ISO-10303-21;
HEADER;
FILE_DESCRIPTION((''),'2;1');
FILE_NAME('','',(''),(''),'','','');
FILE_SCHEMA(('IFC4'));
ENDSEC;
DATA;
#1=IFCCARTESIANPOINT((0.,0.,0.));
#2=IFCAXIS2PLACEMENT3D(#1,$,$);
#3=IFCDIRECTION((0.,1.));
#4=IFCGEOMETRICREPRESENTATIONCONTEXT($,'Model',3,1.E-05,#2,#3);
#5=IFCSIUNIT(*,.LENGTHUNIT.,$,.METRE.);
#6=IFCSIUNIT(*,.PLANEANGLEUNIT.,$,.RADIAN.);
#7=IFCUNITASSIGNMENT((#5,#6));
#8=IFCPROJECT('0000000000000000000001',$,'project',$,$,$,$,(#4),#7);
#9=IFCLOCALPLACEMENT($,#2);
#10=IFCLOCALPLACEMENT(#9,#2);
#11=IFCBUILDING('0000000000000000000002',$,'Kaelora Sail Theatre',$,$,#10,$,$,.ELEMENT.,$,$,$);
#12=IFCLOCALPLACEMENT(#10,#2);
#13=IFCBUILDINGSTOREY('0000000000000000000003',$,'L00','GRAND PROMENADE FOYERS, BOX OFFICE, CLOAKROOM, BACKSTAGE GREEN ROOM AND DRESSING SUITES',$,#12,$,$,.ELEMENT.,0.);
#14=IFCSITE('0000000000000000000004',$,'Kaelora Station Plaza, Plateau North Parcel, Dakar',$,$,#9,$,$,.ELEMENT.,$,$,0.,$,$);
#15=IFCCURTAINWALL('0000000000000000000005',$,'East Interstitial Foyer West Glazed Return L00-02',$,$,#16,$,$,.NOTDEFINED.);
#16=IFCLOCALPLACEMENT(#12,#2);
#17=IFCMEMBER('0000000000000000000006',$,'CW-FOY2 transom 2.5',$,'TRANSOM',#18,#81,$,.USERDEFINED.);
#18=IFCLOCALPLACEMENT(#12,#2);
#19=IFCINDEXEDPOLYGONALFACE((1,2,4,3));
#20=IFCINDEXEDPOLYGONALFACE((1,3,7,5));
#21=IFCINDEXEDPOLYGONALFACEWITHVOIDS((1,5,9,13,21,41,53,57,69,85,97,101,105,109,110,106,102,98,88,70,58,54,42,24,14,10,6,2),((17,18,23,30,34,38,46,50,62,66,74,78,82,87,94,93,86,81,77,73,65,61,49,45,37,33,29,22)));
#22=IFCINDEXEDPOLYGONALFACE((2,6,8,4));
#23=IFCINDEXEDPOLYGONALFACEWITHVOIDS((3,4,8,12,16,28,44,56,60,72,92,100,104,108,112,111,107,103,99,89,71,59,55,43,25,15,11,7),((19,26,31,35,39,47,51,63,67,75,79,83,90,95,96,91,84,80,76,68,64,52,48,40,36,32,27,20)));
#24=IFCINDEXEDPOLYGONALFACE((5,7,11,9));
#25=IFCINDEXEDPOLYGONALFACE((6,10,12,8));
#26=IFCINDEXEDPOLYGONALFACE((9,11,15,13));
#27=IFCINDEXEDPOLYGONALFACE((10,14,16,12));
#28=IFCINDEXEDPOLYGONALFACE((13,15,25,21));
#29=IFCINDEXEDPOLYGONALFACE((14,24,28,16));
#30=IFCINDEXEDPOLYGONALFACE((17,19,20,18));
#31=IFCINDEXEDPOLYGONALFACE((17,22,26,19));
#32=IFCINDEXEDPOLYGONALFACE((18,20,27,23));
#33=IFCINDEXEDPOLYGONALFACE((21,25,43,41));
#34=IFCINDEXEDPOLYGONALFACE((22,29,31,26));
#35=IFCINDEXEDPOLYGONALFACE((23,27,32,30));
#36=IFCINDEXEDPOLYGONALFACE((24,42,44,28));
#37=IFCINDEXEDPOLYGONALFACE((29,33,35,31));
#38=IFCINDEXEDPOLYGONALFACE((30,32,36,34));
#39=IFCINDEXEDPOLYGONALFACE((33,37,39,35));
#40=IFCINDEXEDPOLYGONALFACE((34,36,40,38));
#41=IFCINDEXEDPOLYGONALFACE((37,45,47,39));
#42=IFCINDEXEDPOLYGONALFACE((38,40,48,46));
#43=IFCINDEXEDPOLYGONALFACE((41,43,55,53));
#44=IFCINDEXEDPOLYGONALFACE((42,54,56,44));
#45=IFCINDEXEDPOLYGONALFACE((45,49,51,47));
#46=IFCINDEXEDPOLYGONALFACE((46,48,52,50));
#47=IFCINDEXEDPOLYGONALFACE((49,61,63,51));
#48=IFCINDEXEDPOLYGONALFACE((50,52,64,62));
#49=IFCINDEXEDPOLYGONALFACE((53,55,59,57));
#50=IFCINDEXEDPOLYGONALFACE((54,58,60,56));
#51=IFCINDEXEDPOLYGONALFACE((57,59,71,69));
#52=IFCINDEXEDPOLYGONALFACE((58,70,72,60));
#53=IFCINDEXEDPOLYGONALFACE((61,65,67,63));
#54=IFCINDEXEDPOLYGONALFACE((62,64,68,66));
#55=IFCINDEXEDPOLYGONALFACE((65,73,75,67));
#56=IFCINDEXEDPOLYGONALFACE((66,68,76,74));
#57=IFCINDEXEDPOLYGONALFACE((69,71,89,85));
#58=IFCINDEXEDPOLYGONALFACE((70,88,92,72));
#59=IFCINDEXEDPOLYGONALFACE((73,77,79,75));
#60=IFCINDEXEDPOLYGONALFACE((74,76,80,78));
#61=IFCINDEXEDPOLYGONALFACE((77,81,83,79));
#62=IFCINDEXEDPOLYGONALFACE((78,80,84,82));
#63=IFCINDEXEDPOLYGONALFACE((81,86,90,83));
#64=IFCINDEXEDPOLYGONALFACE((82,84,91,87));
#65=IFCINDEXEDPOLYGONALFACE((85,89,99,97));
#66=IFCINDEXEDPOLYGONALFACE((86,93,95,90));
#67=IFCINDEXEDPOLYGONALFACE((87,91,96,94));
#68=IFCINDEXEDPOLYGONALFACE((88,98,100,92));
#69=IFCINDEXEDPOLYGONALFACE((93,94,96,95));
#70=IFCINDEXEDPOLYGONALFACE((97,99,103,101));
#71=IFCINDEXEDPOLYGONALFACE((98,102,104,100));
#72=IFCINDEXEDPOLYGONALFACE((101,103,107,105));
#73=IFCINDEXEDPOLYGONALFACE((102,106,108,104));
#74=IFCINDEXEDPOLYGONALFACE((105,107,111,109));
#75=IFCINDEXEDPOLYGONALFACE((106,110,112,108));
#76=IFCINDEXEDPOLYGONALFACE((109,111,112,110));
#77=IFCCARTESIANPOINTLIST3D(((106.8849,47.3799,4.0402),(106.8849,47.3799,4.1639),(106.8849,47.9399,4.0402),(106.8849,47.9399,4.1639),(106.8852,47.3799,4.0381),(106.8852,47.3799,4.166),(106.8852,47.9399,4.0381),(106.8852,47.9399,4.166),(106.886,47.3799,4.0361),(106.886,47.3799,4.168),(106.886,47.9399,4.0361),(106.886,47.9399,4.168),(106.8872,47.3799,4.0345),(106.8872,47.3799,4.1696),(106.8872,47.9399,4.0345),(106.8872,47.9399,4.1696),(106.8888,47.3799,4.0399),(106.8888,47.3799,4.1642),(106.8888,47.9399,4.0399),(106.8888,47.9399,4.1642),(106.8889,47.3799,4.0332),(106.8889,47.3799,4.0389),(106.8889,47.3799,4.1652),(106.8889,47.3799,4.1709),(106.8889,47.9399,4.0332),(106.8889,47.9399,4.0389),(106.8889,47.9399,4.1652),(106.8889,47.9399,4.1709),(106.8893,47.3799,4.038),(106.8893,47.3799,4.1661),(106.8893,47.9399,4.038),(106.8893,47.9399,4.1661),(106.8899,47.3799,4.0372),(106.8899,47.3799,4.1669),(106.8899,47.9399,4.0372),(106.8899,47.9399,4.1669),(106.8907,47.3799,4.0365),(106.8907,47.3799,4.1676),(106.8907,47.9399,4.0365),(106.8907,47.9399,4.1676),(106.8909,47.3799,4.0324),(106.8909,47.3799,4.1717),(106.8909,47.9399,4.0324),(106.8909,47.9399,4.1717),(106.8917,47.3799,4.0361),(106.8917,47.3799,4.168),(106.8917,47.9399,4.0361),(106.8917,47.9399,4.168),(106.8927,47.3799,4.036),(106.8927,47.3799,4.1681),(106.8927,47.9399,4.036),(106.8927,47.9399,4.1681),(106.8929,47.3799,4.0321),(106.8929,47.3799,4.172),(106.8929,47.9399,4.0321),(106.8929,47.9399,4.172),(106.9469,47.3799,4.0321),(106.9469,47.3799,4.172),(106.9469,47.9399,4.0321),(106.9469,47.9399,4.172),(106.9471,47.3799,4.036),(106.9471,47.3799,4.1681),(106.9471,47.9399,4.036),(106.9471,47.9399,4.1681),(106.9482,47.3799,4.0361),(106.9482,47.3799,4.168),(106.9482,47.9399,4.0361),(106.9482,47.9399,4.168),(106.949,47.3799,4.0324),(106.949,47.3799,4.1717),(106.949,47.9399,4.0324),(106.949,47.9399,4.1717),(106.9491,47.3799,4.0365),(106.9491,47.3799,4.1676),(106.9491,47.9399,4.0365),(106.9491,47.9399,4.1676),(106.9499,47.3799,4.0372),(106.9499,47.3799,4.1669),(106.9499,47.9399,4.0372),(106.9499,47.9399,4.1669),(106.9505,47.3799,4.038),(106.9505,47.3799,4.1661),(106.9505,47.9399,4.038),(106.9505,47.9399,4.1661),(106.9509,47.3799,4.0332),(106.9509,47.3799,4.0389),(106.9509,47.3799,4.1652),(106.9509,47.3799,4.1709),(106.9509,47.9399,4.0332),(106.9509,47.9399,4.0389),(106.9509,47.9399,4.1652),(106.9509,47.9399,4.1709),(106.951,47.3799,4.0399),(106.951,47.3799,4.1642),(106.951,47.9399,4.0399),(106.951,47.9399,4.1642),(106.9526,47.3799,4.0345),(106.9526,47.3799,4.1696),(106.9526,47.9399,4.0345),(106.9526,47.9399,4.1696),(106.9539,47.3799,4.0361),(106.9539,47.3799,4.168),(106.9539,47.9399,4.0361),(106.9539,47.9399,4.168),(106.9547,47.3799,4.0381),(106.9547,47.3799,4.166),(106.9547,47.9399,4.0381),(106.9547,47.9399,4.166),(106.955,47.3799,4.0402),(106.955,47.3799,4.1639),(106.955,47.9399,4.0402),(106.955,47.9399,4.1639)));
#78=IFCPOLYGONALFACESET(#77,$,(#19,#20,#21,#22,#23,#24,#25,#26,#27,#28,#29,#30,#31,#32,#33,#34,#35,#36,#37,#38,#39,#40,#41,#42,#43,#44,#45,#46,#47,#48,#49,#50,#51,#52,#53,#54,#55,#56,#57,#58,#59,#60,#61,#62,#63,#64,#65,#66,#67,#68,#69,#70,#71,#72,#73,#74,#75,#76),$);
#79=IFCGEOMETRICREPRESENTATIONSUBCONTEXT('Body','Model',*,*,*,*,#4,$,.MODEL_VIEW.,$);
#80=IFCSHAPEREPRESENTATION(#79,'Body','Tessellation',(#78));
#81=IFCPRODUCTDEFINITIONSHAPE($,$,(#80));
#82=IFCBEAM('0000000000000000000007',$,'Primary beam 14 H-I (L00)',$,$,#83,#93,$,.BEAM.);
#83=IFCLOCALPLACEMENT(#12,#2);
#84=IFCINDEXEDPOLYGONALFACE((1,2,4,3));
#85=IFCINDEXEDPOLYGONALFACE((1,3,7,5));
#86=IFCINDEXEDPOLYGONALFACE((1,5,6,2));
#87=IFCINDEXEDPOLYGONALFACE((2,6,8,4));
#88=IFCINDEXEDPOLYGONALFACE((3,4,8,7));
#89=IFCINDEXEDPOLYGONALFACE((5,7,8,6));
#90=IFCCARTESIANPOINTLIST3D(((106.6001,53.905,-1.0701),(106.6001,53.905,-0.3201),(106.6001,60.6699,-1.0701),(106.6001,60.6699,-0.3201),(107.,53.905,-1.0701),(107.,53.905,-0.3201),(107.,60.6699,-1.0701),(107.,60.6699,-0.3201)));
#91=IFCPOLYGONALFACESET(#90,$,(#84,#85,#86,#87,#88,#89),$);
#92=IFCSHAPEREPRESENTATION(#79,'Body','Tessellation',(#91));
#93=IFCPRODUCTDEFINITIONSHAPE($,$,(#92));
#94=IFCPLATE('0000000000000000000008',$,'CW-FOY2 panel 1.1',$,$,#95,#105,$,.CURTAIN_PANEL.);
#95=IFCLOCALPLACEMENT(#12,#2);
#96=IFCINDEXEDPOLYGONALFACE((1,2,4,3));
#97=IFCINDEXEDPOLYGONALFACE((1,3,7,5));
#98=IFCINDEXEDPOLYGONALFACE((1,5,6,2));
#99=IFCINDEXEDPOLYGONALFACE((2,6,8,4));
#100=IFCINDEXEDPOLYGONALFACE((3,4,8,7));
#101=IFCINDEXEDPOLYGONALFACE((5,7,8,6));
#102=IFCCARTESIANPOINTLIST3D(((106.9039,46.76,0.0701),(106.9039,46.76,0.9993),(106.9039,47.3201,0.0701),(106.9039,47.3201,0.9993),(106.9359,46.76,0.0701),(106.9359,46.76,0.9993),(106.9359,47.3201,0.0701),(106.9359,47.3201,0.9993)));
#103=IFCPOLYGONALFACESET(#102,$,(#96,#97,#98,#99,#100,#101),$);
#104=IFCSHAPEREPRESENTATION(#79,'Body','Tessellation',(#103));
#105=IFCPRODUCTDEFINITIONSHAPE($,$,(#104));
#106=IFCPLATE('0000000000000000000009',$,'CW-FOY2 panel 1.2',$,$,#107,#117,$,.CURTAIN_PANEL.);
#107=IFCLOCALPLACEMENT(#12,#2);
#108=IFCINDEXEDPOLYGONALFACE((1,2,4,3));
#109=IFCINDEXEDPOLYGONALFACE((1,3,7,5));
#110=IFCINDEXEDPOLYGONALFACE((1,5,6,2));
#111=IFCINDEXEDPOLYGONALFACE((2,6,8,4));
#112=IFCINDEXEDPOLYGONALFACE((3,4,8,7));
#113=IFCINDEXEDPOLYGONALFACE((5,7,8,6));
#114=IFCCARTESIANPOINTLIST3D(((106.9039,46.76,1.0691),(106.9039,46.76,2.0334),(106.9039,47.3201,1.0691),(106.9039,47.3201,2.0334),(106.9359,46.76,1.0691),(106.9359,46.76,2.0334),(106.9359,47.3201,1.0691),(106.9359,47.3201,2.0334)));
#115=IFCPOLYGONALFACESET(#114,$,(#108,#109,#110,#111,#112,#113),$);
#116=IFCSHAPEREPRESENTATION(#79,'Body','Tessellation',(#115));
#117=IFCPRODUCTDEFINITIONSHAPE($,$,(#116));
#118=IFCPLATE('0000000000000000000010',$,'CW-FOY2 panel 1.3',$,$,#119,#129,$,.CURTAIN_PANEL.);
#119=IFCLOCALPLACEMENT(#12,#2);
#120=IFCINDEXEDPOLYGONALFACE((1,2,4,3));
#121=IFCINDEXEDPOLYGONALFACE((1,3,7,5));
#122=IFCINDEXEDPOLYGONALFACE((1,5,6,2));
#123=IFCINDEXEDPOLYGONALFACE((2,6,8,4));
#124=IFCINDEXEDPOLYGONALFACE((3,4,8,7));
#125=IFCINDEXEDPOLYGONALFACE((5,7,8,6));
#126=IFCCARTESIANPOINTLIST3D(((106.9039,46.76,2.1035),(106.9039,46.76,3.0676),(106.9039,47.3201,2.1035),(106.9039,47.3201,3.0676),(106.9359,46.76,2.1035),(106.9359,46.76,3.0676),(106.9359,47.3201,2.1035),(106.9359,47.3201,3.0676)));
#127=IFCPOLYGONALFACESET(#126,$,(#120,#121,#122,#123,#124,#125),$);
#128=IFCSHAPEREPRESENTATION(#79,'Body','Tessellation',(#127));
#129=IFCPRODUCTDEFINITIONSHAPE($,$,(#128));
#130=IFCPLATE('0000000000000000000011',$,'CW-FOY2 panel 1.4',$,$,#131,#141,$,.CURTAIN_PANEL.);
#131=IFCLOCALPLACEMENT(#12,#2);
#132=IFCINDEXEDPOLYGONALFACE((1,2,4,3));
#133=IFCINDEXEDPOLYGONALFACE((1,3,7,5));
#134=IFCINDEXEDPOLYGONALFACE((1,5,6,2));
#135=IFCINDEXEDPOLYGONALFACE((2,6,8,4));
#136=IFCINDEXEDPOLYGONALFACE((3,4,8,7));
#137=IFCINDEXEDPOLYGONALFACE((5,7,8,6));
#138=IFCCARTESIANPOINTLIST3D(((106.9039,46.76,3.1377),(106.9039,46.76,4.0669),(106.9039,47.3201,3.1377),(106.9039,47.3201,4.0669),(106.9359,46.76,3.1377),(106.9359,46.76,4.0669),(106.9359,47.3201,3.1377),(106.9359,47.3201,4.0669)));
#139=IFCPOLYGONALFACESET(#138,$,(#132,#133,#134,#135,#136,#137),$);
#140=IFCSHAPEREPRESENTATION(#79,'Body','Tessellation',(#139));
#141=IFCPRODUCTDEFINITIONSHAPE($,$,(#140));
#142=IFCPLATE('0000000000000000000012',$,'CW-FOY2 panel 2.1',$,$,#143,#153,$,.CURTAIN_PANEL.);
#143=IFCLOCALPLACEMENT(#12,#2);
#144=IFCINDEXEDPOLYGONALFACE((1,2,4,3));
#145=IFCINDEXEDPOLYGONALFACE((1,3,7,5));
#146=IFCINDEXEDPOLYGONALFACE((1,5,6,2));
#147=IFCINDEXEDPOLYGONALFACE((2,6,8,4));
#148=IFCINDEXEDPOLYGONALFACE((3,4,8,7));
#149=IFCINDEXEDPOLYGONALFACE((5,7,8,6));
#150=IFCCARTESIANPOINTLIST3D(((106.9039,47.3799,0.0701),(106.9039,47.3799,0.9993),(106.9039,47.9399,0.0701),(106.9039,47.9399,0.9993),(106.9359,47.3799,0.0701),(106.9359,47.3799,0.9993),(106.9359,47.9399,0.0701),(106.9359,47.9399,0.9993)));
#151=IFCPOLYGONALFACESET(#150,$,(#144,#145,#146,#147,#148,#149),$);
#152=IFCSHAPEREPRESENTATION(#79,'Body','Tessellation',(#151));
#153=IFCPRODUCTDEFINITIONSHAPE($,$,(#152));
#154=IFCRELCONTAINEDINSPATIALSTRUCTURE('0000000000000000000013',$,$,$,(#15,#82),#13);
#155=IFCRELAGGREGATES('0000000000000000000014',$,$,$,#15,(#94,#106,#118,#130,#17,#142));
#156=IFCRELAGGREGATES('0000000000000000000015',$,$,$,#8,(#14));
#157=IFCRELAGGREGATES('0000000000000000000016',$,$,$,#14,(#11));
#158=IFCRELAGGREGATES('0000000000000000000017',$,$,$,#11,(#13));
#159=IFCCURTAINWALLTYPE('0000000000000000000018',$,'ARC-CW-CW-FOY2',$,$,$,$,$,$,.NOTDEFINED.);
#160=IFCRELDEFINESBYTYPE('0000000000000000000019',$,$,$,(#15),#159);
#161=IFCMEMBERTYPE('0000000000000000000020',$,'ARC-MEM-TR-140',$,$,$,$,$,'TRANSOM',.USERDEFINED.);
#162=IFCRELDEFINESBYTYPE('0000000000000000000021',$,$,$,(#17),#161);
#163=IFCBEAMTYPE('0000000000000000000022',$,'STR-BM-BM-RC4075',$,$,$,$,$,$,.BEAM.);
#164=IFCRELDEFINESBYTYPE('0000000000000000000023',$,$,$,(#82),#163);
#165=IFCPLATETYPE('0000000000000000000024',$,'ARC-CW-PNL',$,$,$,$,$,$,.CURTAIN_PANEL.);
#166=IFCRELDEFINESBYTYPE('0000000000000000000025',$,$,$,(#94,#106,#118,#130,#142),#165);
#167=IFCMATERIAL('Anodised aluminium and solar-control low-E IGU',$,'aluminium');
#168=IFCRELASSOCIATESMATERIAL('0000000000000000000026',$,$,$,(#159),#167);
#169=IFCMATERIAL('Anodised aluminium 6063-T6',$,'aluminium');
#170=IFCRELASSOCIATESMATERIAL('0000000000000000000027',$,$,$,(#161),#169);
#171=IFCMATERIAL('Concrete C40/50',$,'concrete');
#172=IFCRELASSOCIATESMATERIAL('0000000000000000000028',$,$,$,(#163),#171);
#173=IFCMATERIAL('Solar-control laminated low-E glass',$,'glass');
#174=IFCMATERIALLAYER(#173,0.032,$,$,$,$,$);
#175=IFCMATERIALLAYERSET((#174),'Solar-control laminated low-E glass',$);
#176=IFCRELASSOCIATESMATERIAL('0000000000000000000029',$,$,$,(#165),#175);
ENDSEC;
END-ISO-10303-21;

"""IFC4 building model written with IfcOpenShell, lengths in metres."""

from ifc_helpers import new_model, si_unit, direction, frame, origin, origin_2d, place, context, subcontext, project, spatial, rectangle, hollow_rectangle, extrude, material, layer, layer_set, material_profile, profile_set, type_object, element, aggregate, save


model = new_model("IFC4")

# Units and contexts
model_context = context("Model", 3, precision=1e-05, world=origin(), true_north=direction((0.0, 1.0)))
body_context = subcontext(model_context, "Body", "Model", "MODEL_VIEW")
ifc_project = project(units=[si_unit("LENGTHUNIT", "METRE"), si_unit("PLANEANGLEUNIT", "RADIAN")], contexts=[model_context])

# Site, building, storey
site_placement = place(None, origin())
site = spatial("IfcSite", under=ifc_project, at=site_placement, Name="Kaelora Station Plaza, Plateau North Parcel, Dakar", CompositionType="ELEMENT", RefElevation=0.0)
building_placement = place(site_placement, origin())
building = spatial("IfcBuilding", under=site, at=building_placement, Name="Kaelora Sail Theatre", CompositionType="ELEMENT")
storey_placement = place(building_placement, origin())
storey = spatial("IfcBuildingStorey", under=building, at=storey_placement, Name="L00", Description="GRAND PROMENADE FOYERS, BOX OFFICE, CLOAKROOM, BACKSTAGE GREEN ROOM AND DRESSING SUITES", CompositionType="ELEMENT", Elevation=0.0)

# Curtain wall
ifc_material_1 = material(Name="Anodised aluminium and solar-control low-E IGU", Category="aluminium")
curtain_wall_type = type_object("IfcCurtainWallType", Name="ARC-CW-CW-FOY2", PredefinedType="NOTDEFINED", material=ifc_material_1)
curtain_wall_placement = place(storey_placement, origin())
curtain_wall = element("IfcCurtainWall", 1, at=curtain_wall_placement, inside=storey, type_object=curtain_wall_type, Name="East Interstitial Foyer West Glazed Return L00-02", PredefinedType="NOTDEFINED")

# Member
ifc_material_2 = material(Name="Anodised aluminium 6063-T6", Category="aluminium")
ifc_material_profile_1 = material_profile(ifc_material_2, hollow_rectangle(XDim=0.0701, YDim=0.1399, WallThickness=0.0039, InnerFilletRadius=0.0039, OuterFilletRadius=0.0081, at=origin_2d()), Name="ALU-TRAN 70x140x4")
ifc_profile_set_1 = profile_set([ifc_material_profile_1], Name="Anodised aluminium 6063-T6")
member_type_1 = type_object("IfcMemberType", Name="ARC-MEM-TR-140", ElementType="TRANSOM", PredefinedType="USERDEFINED", material=ifc_profile_set_1)
member_1_placement = place(storey_placement, frame((106.9199, 47.3799, 4.1021), z_axis=(0.0, 1.0, 0.0), x_axis=(-1.0, 0.0, 0.0)))
member_1 = element("IfcMember", 2, at=member_1_placement, type_object=member_type_1, Name="CW-FOY2 transom 2.5", ObjectType="TRANSOM", PredefinedType="USERDEFINED", context=body_context, shape_type="SweptSolid", body=[
    extrude(hollow_rectangle(XDim=0.0701, YDim=0.1399, WallThickness=0.0039, InnerFilletRadius=0.0039, OuterFilletRadius=0.0081, at=origin_2d()), origin(), (0.0, 0.0, 1.0), 0.5601),
])

# Beam
ifc_material_3 = material(Name="Concrete C40/50", Category="concrete")
ifc_material_profile_2 = material_profile(ifc_material_3, rectangle(XDim=0.3999, YDim=0.75, at=origin_2d()), Name="RC-BM 400x750")
ifc_profile_set_2 = profile_set([ifc_material_profile_2], Name="Concrete C40/50")
beam_type = type_object("IfcBeamType", Name="STR-BM-BM-RC4075", PredefinedType="BEAM", material=ifc_profile_set_2)
beam_placement = place(storey_placement, frame((106.8, 53.905, -0.6951), z_axis=(0.0, 1.0, 0.0), x_axis=(-1.0, 0.0, 0.0)))
element("IfcBeam", 3, at=beam_placement, inside=storey, type_object=beam_type, Name="Primary beam 14 H-I (L00)", PredefinedType="BEAM", context=body_context, shape_type="SweptSolid", body=[
    extrude(rectangle(XDim=0.3999, YDim=0.75, at=origin_2d()), origin(), (0.0, 0.0, 1.0), 6.7649),
])

# Plates
ifc_material_4 = material(Name="Solar-control laminated low-E glass", Category="glass")
ifc_layer = layer(ifc_material_4, 0.032)
ifc_layer_set = layer_set([ifc_layer], Name="Solar-control laminated low-E glass")
plate_type = type_object("IfcPlateType", Name="ARC-CW-PNL", PredefinedType="CURTAIN_PANEL", material=ifc_layer_set)
plate_1_placement = place(storey_placement, frame((106.9199, 47.04, 0.0701), z_axis=(0.0, 0.0, 1.0), x_axis=(0.0, 1.0, 0.0)))
plate_1 = element("IfcPlate", 4, at=plate_1_placement, type_object=plate_type, Name="CW-FOY2 panel 1.1", PredefinedType="CURTAIN_PANEL", context=body_context, shape_type="SweptSolid", body=[
    extrude(rectangle(XDim=0.5601, YDim=0.032, at=origin_2d()), origin(), (0.0, 0.0, 1.0), 0.9292),
])
plate_2_placement = place(storey_placement, frame((106.9199, 47.04, 1.0691), z_axis=(0.0, 0.0, 1.0), x_axis=(0.0, 1.0, 0.0)))
plate_2 = element("IfcPlate", 5, at=plate_2_placement, type_object=plate_type, Name="CW-FOY2 panel 1.2", PredefinedType="CURTAIN_PANEL", context=body_context, shape_type="SweptSolid", body=[
    extrude(rectangle(XDim=0.5601, YDim=0.032, at=origin_2d()), origin(), (0.0, 0.0, 1.0), 0.9644),
])
plate_3_placement = place(storey_placement, frame((106.9199, 47.04, 2.1035), z_axis=(0.0, 0.0, 1.0), x_axis=(0.0, 1.0, 0.0)))
plate_3 = element("IfcPlate", 6, at=plate_3_placement, type_object=plate_type, Name="CW-FOY2 panel 1.3", PredefinedType="CURTAIN_PANEL", context=body_context, shape_type="SweptSolid", body=[
    extrude(rectangle(XDim=0.5601, YDim=0.032, at=origin_2d()), origin(), (0.0, 0.0, 1.0), 0.9641),
])
plate_4_placement = place(storey_placement, frame((106.9199, 47.04, 3.1377), z_axis=(0.0, 0.0, 1.0), x_axis=(0.0, 1.0, 0.0)))
plate_4 = element("IfcPlate", 7, at=plate_4_placement, type_object=plate_type, Name="CW-FOY2 panel 1.4", PredefinedType="CURTAIN_PANEL", context=body_context, shape_type="SweptSolid", body=[
    extrude(rectangle(XDim=0.5601, YDim=0.032, at=origin_2d()), origin(), (0.0, 0.0, 1.0), 0.9292),
])
plate_5_placement = place(storey_placement, frame((106.9199, 47.6599, 0.0701), z_axis=(0.0, 0.0, 1.0), x_axis=(0.0, 1.0, 0.0)))
plate_5 = element("IfcPlate", 8, at=plate_5_placement, type_object=plate_type, Name="CW-FOY2 panel 2.1", PredefinedType="CURTAIN_PANEL", context=body_context, shape_type="SweptSolid", body=[
    extrude(rectangle(XDim=0.5601, YDim=0.032, at=origin_2d()), origin(), (0.0, 0.0, 1.0), 0.9292),
])
aggregate(curtain_wall, [plate_1, plate_2, plate_3, plate_4, member_1, plate_5])

save(model, "model.ifc")
